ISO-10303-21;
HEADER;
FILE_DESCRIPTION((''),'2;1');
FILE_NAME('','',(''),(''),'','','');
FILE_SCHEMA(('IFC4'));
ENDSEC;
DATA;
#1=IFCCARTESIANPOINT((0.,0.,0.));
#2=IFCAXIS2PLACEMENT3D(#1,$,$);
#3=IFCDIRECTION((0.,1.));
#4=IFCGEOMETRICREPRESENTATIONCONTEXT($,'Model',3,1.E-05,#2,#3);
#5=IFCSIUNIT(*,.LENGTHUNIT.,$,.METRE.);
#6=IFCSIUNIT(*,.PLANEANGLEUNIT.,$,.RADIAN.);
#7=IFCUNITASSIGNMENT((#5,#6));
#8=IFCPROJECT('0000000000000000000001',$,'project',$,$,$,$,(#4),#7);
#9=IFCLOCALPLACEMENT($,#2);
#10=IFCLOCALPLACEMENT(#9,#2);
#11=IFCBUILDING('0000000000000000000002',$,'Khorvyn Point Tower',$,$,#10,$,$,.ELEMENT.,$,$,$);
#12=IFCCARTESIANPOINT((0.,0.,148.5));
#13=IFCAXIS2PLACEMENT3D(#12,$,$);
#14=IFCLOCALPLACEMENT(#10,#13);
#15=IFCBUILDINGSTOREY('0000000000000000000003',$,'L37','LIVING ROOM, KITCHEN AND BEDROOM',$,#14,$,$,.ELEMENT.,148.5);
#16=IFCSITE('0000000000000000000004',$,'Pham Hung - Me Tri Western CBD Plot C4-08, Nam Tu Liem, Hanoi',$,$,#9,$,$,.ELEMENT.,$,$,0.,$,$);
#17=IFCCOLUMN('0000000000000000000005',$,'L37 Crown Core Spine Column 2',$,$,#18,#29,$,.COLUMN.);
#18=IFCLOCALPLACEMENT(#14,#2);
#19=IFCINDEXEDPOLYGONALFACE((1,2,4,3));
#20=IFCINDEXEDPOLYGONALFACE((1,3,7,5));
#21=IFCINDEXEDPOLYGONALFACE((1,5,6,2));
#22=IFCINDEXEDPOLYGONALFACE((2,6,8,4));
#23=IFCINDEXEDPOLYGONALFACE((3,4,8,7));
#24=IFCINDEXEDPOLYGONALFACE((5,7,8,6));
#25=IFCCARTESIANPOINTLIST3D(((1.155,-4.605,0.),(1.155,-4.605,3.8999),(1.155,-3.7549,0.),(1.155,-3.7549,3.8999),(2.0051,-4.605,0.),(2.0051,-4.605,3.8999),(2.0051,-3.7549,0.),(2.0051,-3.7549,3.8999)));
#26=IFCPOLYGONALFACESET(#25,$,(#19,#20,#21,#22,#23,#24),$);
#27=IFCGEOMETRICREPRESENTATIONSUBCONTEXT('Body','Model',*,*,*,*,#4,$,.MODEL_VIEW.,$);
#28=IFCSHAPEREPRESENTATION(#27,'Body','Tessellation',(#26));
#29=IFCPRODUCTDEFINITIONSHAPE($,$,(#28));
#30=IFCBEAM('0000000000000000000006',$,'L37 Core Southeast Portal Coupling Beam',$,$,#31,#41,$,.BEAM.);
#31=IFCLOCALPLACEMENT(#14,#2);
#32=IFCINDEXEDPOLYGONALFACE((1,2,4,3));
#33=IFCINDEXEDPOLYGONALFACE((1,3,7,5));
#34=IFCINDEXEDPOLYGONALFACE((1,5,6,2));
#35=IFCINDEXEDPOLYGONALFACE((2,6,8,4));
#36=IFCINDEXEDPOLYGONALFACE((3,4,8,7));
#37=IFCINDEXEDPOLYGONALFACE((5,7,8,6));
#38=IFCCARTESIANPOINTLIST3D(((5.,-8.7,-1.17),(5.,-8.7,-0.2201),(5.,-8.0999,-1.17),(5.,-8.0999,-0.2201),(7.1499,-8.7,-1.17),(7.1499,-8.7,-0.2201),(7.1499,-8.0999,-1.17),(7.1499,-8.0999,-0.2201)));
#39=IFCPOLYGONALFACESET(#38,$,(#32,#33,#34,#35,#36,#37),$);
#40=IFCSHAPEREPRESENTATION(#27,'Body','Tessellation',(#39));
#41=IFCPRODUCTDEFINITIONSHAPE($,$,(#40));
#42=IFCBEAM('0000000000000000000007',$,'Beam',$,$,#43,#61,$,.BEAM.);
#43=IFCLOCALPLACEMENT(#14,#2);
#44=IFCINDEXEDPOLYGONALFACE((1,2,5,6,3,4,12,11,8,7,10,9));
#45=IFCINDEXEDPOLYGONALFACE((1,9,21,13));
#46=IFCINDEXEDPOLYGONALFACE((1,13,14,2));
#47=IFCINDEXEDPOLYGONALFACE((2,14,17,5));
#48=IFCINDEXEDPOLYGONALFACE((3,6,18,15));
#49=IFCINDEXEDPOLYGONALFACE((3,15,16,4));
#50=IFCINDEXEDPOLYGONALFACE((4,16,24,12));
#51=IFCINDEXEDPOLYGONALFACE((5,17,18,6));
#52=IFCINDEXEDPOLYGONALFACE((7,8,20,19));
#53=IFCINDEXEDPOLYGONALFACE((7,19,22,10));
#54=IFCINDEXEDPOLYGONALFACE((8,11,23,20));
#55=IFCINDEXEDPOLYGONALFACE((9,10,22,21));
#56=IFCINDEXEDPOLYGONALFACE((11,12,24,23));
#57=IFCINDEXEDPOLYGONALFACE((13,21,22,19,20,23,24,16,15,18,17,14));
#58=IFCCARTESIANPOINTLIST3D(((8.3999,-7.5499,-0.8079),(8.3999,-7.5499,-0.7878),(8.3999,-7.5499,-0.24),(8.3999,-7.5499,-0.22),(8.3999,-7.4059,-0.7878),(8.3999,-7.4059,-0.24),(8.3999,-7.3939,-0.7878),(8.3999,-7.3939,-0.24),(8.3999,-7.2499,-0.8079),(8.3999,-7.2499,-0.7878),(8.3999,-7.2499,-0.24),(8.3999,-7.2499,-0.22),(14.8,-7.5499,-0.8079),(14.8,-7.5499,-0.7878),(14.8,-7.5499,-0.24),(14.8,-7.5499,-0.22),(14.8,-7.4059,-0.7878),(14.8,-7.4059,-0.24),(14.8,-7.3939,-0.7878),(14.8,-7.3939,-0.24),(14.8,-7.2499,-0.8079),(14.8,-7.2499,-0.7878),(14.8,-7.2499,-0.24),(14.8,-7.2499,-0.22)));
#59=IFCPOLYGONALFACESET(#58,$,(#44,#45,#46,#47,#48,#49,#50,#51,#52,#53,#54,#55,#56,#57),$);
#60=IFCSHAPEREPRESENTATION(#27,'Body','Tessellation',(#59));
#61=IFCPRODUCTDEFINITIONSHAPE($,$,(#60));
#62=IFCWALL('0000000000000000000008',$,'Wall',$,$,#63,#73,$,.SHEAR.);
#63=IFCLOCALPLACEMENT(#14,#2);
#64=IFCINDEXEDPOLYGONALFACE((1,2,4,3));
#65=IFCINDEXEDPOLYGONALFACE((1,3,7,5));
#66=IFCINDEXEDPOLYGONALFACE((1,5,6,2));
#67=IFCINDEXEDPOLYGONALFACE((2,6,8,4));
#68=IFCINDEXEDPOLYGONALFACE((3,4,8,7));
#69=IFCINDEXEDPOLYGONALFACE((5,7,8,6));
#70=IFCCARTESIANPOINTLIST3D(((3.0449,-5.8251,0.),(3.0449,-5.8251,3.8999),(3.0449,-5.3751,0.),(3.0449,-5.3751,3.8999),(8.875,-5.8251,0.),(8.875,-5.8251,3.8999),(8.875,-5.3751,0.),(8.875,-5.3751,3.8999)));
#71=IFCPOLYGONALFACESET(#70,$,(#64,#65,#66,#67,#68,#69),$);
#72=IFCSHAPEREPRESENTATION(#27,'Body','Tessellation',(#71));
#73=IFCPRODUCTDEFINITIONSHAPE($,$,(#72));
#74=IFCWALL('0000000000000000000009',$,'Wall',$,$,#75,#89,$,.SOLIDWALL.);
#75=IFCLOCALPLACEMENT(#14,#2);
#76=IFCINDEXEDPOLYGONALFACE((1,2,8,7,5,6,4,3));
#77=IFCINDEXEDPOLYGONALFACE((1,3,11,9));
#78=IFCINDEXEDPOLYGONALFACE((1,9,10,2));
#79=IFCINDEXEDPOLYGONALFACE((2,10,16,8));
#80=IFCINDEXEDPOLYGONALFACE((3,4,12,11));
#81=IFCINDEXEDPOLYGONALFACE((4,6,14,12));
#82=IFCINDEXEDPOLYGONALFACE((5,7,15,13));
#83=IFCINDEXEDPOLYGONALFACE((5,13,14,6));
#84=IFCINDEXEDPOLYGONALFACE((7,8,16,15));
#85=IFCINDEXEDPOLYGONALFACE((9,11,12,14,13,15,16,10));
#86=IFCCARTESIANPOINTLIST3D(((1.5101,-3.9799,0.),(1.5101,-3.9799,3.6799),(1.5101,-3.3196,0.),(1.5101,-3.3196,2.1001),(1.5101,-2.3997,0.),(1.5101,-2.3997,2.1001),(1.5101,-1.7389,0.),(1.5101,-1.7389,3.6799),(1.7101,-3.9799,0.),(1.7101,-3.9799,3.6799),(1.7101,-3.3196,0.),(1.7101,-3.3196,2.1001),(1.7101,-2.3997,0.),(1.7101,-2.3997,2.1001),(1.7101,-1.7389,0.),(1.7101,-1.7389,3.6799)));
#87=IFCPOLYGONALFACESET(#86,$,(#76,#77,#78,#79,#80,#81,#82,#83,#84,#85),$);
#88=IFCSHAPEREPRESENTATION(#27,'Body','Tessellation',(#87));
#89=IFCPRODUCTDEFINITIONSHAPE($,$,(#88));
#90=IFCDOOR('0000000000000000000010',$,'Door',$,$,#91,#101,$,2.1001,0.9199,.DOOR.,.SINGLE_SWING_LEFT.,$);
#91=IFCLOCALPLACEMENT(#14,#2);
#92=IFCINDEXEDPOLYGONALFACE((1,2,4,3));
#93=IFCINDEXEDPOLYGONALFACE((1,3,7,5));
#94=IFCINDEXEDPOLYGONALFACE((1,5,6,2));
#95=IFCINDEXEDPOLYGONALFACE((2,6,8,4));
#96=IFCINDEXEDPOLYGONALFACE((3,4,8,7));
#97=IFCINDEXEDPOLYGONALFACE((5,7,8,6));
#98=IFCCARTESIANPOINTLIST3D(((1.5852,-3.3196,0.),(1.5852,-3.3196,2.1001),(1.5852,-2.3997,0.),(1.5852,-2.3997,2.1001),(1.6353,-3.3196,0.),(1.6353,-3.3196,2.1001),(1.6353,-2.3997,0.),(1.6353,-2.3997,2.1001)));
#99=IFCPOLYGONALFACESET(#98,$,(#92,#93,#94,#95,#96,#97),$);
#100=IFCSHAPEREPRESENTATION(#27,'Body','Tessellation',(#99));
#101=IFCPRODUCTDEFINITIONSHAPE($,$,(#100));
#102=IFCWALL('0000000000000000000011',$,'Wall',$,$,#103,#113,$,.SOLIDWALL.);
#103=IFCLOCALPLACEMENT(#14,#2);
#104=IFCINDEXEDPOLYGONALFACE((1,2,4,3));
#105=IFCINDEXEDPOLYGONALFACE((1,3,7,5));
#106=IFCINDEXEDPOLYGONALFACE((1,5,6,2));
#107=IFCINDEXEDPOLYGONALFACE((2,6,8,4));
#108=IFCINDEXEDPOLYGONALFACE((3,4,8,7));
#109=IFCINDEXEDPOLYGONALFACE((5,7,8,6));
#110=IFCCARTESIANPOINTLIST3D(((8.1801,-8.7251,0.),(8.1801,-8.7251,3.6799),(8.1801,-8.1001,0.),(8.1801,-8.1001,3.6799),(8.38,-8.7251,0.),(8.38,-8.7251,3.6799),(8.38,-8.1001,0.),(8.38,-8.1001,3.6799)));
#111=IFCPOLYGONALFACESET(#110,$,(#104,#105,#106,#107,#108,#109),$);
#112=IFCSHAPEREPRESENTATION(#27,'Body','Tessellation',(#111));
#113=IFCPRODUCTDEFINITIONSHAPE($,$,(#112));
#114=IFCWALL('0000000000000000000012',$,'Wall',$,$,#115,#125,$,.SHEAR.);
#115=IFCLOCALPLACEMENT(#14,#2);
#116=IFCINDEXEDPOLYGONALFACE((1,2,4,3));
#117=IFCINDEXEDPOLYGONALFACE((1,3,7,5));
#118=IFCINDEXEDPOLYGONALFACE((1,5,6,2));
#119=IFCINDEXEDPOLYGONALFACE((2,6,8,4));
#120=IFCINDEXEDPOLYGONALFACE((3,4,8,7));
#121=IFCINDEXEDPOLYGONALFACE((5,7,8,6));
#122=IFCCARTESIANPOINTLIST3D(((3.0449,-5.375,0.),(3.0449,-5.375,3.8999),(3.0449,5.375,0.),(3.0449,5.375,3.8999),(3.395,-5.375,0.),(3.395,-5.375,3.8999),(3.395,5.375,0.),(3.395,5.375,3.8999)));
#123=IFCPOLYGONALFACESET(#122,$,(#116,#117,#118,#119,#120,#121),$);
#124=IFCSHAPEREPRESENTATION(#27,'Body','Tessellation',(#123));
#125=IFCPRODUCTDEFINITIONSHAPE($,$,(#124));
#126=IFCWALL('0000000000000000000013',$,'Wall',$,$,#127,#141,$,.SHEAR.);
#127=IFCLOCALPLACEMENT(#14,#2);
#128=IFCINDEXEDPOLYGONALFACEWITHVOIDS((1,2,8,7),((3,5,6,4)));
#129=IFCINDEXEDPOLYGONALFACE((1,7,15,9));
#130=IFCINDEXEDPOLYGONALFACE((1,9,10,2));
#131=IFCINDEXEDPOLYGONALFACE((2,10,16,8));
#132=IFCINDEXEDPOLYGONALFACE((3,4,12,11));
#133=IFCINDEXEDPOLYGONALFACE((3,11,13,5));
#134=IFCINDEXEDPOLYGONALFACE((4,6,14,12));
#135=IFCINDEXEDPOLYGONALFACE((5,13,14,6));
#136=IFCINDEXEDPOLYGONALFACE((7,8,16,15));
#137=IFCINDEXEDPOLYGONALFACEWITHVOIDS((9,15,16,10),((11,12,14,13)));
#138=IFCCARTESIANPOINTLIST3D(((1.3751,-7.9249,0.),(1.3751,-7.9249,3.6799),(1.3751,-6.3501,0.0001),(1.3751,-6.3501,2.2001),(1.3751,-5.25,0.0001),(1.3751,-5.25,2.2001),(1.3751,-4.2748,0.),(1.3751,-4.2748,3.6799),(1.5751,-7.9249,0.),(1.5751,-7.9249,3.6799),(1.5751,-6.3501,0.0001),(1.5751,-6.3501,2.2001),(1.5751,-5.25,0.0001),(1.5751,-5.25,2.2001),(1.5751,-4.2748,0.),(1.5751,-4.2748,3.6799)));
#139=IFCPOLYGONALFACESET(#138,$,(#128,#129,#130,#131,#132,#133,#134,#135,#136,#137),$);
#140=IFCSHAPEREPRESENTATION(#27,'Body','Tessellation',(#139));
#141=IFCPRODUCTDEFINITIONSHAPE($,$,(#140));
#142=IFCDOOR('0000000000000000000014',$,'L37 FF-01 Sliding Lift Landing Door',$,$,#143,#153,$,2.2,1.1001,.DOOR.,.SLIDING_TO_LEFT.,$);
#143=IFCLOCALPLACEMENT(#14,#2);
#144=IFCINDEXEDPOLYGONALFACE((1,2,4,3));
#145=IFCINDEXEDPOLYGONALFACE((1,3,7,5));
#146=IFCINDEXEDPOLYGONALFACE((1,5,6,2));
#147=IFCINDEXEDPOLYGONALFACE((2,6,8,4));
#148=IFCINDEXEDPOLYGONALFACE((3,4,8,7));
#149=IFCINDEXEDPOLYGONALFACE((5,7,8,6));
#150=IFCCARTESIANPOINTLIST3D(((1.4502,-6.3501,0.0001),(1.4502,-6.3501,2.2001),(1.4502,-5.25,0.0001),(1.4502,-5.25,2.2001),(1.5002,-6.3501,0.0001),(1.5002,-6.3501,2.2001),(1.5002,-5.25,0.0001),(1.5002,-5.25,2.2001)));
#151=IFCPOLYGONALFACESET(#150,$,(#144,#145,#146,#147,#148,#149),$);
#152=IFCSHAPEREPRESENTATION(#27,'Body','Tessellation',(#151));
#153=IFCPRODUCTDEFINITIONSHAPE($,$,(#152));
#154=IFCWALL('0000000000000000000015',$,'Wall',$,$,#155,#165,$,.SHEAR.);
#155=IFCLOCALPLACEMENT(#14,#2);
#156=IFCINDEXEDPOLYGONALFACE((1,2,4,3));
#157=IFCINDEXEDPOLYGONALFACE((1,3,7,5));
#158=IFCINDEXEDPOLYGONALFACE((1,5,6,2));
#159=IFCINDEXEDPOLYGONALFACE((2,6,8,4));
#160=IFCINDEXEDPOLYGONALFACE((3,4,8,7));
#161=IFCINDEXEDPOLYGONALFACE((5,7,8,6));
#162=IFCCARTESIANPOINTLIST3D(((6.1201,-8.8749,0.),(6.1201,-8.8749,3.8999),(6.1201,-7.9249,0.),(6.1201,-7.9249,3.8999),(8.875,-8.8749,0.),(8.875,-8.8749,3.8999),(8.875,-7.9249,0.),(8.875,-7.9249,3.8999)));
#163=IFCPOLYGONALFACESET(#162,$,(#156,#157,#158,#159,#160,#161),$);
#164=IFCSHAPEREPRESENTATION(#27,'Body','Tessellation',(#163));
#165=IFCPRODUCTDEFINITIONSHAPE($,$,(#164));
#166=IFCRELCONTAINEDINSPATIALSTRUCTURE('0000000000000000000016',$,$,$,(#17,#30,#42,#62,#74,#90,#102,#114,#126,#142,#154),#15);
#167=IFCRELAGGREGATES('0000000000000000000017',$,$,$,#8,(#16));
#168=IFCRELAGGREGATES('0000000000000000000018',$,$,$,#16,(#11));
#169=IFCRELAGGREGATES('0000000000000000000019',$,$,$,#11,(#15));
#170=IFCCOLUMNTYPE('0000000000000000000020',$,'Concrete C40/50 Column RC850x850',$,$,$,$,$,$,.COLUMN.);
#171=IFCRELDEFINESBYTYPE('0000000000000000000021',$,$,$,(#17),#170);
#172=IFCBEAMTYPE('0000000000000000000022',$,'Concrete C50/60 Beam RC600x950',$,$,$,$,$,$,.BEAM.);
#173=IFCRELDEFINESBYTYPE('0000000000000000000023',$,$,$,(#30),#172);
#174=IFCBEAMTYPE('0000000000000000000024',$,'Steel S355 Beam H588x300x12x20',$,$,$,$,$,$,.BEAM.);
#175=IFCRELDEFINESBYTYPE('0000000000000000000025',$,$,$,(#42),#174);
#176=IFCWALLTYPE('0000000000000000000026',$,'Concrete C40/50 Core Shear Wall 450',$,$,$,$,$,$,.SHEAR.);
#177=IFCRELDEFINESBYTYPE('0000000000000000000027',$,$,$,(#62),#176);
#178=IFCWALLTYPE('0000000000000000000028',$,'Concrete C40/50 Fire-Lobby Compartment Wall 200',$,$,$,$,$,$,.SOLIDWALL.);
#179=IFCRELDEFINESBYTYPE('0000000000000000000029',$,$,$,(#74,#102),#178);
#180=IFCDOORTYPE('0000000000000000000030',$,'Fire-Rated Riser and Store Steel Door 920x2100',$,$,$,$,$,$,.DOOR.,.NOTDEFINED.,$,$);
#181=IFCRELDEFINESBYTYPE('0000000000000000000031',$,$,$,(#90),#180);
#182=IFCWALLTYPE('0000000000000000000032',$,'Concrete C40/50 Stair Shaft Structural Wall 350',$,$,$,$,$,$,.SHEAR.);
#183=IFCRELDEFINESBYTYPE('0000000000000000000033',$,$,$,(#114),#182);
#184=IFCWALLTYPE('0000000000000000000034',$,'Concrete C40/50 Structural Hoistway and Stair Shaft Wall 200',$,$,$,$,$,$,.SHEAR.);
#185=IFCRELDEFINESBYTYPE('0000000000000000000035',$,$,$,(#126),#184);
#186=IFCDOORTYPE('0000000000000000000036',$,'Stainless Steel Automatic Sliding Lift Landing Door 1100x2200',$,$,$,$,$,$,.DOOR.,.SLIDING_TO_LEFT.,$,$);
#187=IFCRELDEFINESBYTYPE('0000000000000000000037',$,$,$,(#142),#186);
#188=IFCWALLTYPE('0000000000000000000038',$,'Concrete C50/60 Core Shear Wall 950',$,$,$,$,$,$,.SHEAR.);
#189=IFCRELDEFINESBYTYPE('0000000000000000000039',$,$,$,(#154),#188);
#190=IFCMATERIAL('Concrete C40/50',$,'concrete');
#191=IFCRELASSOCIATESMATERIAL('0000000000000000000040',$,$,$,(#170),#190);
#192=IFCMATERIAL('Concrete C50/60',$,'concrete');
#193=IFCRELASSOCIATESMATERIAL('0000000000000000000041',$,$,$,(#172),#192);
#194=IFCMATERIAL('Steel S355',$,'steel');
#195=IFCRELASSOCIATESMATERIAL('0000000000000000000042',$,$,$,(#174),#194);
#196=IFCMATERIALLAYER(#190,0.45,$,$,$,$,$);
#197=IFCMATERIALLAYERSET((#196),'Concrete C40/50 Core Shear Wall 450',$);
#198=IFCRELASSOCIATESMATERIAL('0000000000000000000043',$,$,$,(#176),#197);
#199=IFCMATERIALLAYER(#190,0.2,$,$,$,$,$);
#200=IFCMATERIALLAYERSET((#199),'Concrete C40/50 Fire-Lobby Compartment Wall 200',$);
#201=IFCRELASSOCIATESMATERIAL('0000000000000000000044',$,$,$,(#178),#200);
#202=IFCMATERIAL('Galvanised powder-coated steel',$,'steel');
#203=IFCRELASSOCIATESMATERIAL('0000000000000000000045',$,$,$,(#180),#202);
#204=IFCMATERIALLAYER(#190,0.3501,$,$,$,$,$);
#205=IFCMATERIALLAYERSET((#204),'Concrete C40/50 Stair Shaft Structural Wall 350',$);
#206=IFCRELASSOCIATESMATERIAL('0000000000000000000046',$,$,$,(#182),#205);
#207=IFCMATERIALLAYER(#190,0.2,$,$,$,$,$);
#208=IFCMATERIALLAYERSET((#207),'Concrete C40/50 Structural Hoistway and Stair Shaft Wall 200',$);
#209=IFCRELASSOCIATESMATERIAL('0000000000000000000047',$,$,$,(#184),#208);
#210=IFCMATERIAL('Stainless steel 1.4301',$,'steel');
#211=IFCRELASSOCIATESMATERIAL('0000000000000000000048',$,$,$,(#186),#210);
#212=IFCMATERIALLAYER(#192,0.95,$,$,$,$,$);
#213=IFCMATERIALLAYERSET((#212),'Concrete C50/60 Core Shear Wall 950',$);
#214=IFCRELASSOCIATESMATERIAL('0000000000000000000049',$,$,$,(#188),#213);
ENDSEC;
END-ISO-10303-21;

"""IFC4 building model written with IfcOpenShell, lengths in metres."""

from ifc_helpers import new_model, si_unit, direction, frame, frame_2d, origin, origin_2d, place, context, subcontext, project, spatial, rectangle, i_section, extrude, material, layer, layer_set, material_profile, profile_set, type_object, element, fill, save


model = new_model("IFC4")

# Units and contexts
model_context = context("Model", 3, precision=1e-05, world=origin(), true_north=direction((0.0, 1.0)))
body_context = subcontext(model_context, "Body", "Model", "MODEL_VIEW")
ifc_project = project(units=[si_unit("LENGTHUNIT", "METRE"), si_unit("PLANEANGLEUNIT", "RADIAN")], contexts=[model_context])

# Site, building, storey
site_placement = place(None, origin())
site = spatial("IfcSite", under=ifc_project, at=site_placement, Name="Pham Hung - Me Tri Western CBD Plot C4-08, Nam Tu Liem, Hanoi", CompositionType="ELEMENT", RefElevation=0.0)
building_placement = place(site_placement, origin())
building = spatial("IfcBuilding", under=site, at=building_placement, Name="Khorvyn Point Tower", CompositionType="ELEMENT")
storey_placement = place(building_placement, frame((0.0, 0.0, 148.5)))
storey = spatial("IfcBuildingStorey", under=building, at=storey_placement, Name="L37", Description="LIVING ROOM, KITCHEN AND BEDROOM", CompositionType="ELEMENT", Elevation=148.5)

# Column
ifc_material_1 = material(Name="Concrete C40/50", Category="concrete")
ifc_material_profile_1 = material_profile(ifc_material_1, rectangle(XDim=0.8501, YDim=0.8501, at=origin_2d()))
ifc_profile_set_1 = profile_set([ifc_material_profile_1], Name="Concrete C40/50 RC850x850")
column_type = type_object("IfcColumnType", Name="Concrete C40/50 Column RC850x850", PredefinedType="COLUMN", material=ifc_profile_set_1)
column_placement = place(storey_placement, frame((1.5801, -4.1799, 0.0), z_axis=(0.0, 0.0, 1.0), x_axis=(1.0, 0.0, 0.0)))
element("IfcColumn", 1, at=column_placement, inside=storey, type_object=column_type, Name="L37 Crown Core Spine Column 2", PredefinedType="COLUMN", context=body_context, shape_type="SweptSolid", body=[
    extrude(rectangle(XDim=0.8501, YDim=0.8501, at=origin_2d()), origin(), (0.0, 0.0, 1.0), 3.8999),
])

# Beams
ifc_material_2 = material(Name="Concrete C50/60", Category="concrete")
ifc_material_profile_2 = material_profile(ifc_material_2, rectangle(XDim=0.6001, YDim=0.95, at=origin_2d()))
ifc_profile_set_2 = profile_set([ifc_material_profile_2], Name="Concrete C50/60 RC600x950")
beam_type_1 = type_object("IfcBeamType", Name="Concrete C50/60 Beam RC600x950", PredefinedType="BEAM", material=ifc_profile_set_2)
beam_1_placement = place(storey_placement, frame((5.0, -8.3999, -0.6951), z_axis=(1.0, 0.0, 0.0), x_axis=(0.0, 1.0, 0.0)))
element("IfcBeam", 2, at=beam_1_placement, inside=storey, type_object=beam_type_1, Name="L37 Core Southeast Portal Coupling Beam", PredefinedType="BEAM", context=body_context, shape_type="SweptSolid", body=[
    extrude(rectangle(XDim=0.6001, YDim=0.95, at=origin_2d()), origin(), (0.0, 0.0, 1.0), 2.1499),
])
ifc_material_3 = material(Name="Steel S355", Category="steel")
ifc_material_profile_3 = material_profile(ifc_material_3, i_section(OverallWidth=0.3, OverallDepth=0.5879, WebThickness=0.012, FlangeThickness=0.02, at=origin_2d()))
ifc_profile_set_3 = profile_set([ifc_material_profile_3], Name="Steel S355 H588x300x12x20")
beam_type_2 = type_object("IfcBeamType", Name="Steel S355 Beam H588x300x12x20", PredefinedType="BEAM", material=ifc_profile_set_3)
beam_2_placement = place(storey_placement, frame((8.3999, -7.3999, -0.5139), z_axis=(1.0, 0.0, 0.0), x_axis=(0.0, 1.0, 0.0)))
element("IfcBeam", 3, at=beam_2_placement, inside=storey, type_object=beam_type_2, Name="Beam", PredefinedType="BEAM", context=body_context, shape_type="SweptSolid", body=[
    extrude(i_section(OverallWidth=0.3, OverallDepth=0.5879, WebThickness=0.012, FlangeThickness=0.02, at=origin_2d()), origin(), (0.0, 0.0, 1.0), 6.4001),
])

# Wall
ifc_layer_1 = layer(ifc_material_1, 0.45)
ifc_layer_set_1 = layer_set([ifc_layer_1], Name="Concrete C40/50 Core Shear Wall 450")
wall_type_1 = type_object("IfcWallType", Name="Concrete C40/50 Core Shear Wall 450", PredefinedType="SHEAR", material=ifc_layer_set_1)
wall_1_placement = place(storey_placement, frame((3.0449, -5.6001, 0.0), z_axis=(0.0, 0.0, 1.0), x_axis=(1.0, 0.0, 0.0)))
element("IfcWall", 4, at=wall_1_placement, inside=storey, type_object=wall_type_1, Name="Wall", PredefinedType="SHEAR", context=body_context, shape_type="SweptSolid", body=[
    extrude(rectangle(XDim=5.8301, YDim=0.45, at=frame_2d((2.915, 0.0))), origin(), (0.0, 0.0, 1.0), 3.8999),
])

# Wall, opening, door
ifc_layer_2 = layer(ifc_material_1, 0.2)
ifc_layer_set_2 = layer_set([ifc_layer_2], Name="Concrete C40/50 Fire-Lobby Compartment Wall 200")
wall_type_2 = type_object("IfcWallType", Name="Concrete C40/50 Fire-Lobby Compartment Wall 200", PredefinedType="SOLIDWALL", material=ifc_layer_set_2)
ifc_material_4 = material(Name="Galvanised powder-coated steel", Category="steel")
wall_2_placement = place(storey_placement, frame((1.6101, -3.98, 0.0), z_axis=(0.0, 0.0, 1.0), x_axis=(0.0, 1.0, 0.0)))
wall_2 = element("IfcWall", 5, at=wall_2_placement, inside=storey, type_object=wall_type_2, Name="Wall", PredefinedType="SOLIDWALL", context=body_context, shape_type="SweptSolid", body=[
    extrude(rectangle(XDim=2.241, YDim=0.2, at=frame_2d((1.1206, 0.0))), origin(), (0.0, 0.0, 1.0), 3.6799),
])
opening_1_placement = place(wall_2_placement, frame((0.6604, 0.0, 0.0)))
opening_1 = element("IfcOpeningElement", 6, at=opening_1_placement, cuts=wall_2, PredefinedType="OPENING", context=body_context, shape_type="SweptSolid", body=[
    extrude(rectangle(XDim=0.9199, YDim=2.1001, at=frame_2d((0.46, 1.05))), frame((0.0, 0.1099, 0.0), z_axis=(0.0, -1.0, 0.0), x_axis=(1.0, 0.0, 0.0)), (0.0, 0.0, 1.0), 0.22),
])
door_type_1 = type_object("IfcDoorType", Name="Fire-Rated Riser and Store Steel Door 920x2100", OperationType="NOTDEFINED", PredefinedType="DOOR", material=ifc_material_4)
door_1_placement = place(opening_1_placement, origin())
door_1 = element("IfcDoor", 7, at=door_1_placement, inside=storey, type_object=door_type_1, Name="Door", OperationType="SINGLE_SWING_LEFT", OverallHeight=2.1001, OverallWidth=0.9199, PredefinedType="DOOR", context=body_context, shape_type="SweptSolid", body=[
    extrude(rectangle(XDim=0.9199, YDim=2.1001, at=frame_2d((0.46, 1.05))), frame((0.0, 0.0249, 0.0), z_axis=(0.0, -1.0, 0.0), x_axis=(1.0, 0.0, 0.0)), (0.0, 0.0, 1.0), 0.05),
])
fill(opening_1, door_1)

# Walls
wall_3_placement = place(storey_placement, frame((8.28, -8.7251, 0.0), z_axis=(0.0, 0.0, 1.0), x_axis=(0.0, 1.0, 0.0)))
element("IfcWall", 8, at=wall_3_placement, inside=storey, type_object=wall_type_2, Name="Wall", PredefinedType="SOLIDWALL", context=body_context, shape_type="SweptSolid", body=[
    extrude(rectangle(XDim=0.625, YDim=0.2, at=frame_2d((0.3125, 0.0))), origin(), (0.0, 0.0, 1.0), 3.6799),
])
ifc_layer_3 = layer(ifc_material_1, 0.3501)
ifc_layer_set_3 = layer_set([ifc_layer_3], Name="Concrete C40/50 Stair Shaft Structural Wall 350")
wall_type_3 = type_object("IfcWallType", Name="Concrete C40/50 Stair Shaft Structural Wall 350", PredefinedType="SHEAR", material=ifc_layer_set_3)
wall_4_placement = place(storey_placement, frame((3.22, -5.375, 0.0), z_axis=(0.0, 0.0, 1.0), x_axis=(0.0, 1.0, 0.0)))
element("IfcWall", 9, at=wall_4_placement, inside=storey, type_object=wall_type_3, Name="Wall", PredefinedType="SHEAR", context=body_context, shape_type="SweptSolid", body=[
    extrude(rectangle(XDim=10.75, YDim=0.3501, at=frame_2d((5.375, 0.0))), origin(), (0.0, 0.0, 1.0), 3.8999),
])

# Wall, opening, door
ifc_layer_4 = layer(ifc_material_1, 0.2)
ifc_layer_set_4 = layer_set([ifc_layer_4], Name="Concrete C40/50 Structural Hoistway and Stair Shaft Wall 200")
wall_type_4 = type_object("IfcWallType", Name="Concrete C40/50 Structural Hoistway and Stair Shaft Wall 200", PredefinedType="SHEAR", material=ifc_layer_set_4)
wall_5_placement = place(storey_placement, frame((1.4751, -7.925, 0.0), z_axis=(0.0, 0.0, 1.0), x_axis=(0.0, 1.0, 0.0)))
wall_5 = element("IfcWall", 10, at=wall_5_placement, inside=storey, type_object=wall_type_4, Name="Wall", PredefinedType="SHEAR", context=body_context, shape_type="SweptSolid", body=[
    extrude(rectangle(XDim=3.6501, YDim=0.2, at=frame_2d((1.8252, 0.0))), origin(), (0.0, 0.0, 1.0), 3.6799),
])
opening_2_placement = place(wall_5_placement, frame((1.575, 0.0, 0.0)))
opening_2 = element("IfcOpeningElement", 11, at=opening_2_placement, cuts=wall_5, PredefinedType="OPENING", context=body_context, shape_type="SweptSolid", body=[
    extrude(rectangle(XDim=1.1001, YDim=2.2, at=frame_2d((0.55, 1.1001))), frame((0.0, 0.1099, 0.0), z_axis=(0.0, -1.0, 0.0), x_axis=(1.0, 0.0, 0.0)), (0.0, 0.0, 1.0), 0.22),
])
ifc_material_5 = material(Name="Stainless steel 1.4301", Category="steel")
door_type_2 = type_object("IfcDoorType", Name="Stainless Steel Automatic Sliding Lift Landing Door 1100x2200", OperationType="SLIDING_TO_LEFT", PredefinedType="DOOR", material=ifc_material_5)
door_2_placement = place(opening_2_placement, origin())
door_2 = element("IfcDoor", 12, at=door_2_placement, inside=storey, type_object=door_type_2, Name="L37 FF-01 Sliding Lift Landing Door", OperationType="SLIDING_TO_LEFT", OverallHeight=2.2, OverallWidth=1.1001, PredefinedType="DOOR", context=body_context, shape_type="SweptSolid", body=[
    extrude(rectangle(XDim=1.1001, YDim=2.2, at=frame_2d((0.55, 1.1001))), frame((0.0, 0.0249, 0.0), z_axis=(0.0, -1.0, 0.0), x_axis=(1.0, 0.0, 0.0)), (0.0, 0.0, 1.0), 0.05),
])
fill(opening_2, door_2)

# Wall
ifc_layer_5 = layer(ifc_material_2, 0.95)
ifc_layer_set_5 = layer_set([ifc_layer_5], Name="Concrete C50/60 Core Shear Wall 950")
wall_type_5 = type_object("IfcWallType", Name="Concrete C50/60 Core Shear Wall 950", PredefinedType="SHEAR", material=ifc_layer_set_5)
wall_6_placement = place(storey_placement, frame((6.1201, -8.3999, 0.0), z_axis=(0.0, 0.0, 1.0), x_axis=(1.0, 0.0, 0.0)))
element("IfcWall", 13, at=wall_6_placement, inside=storey, type_object=wall_type_5, Name="Wall", PredefinedType="SHEAR", context=body_context, shape_type="SweptSolid", body=[
    extrude(rectangle(XDim=2.7549, YDim=0.95, at=frame_2d((1.3774, 0.0))), origin(), (0.0, 0.0, 1.0), 3.8999),
])

save(model, "model.ifc")
